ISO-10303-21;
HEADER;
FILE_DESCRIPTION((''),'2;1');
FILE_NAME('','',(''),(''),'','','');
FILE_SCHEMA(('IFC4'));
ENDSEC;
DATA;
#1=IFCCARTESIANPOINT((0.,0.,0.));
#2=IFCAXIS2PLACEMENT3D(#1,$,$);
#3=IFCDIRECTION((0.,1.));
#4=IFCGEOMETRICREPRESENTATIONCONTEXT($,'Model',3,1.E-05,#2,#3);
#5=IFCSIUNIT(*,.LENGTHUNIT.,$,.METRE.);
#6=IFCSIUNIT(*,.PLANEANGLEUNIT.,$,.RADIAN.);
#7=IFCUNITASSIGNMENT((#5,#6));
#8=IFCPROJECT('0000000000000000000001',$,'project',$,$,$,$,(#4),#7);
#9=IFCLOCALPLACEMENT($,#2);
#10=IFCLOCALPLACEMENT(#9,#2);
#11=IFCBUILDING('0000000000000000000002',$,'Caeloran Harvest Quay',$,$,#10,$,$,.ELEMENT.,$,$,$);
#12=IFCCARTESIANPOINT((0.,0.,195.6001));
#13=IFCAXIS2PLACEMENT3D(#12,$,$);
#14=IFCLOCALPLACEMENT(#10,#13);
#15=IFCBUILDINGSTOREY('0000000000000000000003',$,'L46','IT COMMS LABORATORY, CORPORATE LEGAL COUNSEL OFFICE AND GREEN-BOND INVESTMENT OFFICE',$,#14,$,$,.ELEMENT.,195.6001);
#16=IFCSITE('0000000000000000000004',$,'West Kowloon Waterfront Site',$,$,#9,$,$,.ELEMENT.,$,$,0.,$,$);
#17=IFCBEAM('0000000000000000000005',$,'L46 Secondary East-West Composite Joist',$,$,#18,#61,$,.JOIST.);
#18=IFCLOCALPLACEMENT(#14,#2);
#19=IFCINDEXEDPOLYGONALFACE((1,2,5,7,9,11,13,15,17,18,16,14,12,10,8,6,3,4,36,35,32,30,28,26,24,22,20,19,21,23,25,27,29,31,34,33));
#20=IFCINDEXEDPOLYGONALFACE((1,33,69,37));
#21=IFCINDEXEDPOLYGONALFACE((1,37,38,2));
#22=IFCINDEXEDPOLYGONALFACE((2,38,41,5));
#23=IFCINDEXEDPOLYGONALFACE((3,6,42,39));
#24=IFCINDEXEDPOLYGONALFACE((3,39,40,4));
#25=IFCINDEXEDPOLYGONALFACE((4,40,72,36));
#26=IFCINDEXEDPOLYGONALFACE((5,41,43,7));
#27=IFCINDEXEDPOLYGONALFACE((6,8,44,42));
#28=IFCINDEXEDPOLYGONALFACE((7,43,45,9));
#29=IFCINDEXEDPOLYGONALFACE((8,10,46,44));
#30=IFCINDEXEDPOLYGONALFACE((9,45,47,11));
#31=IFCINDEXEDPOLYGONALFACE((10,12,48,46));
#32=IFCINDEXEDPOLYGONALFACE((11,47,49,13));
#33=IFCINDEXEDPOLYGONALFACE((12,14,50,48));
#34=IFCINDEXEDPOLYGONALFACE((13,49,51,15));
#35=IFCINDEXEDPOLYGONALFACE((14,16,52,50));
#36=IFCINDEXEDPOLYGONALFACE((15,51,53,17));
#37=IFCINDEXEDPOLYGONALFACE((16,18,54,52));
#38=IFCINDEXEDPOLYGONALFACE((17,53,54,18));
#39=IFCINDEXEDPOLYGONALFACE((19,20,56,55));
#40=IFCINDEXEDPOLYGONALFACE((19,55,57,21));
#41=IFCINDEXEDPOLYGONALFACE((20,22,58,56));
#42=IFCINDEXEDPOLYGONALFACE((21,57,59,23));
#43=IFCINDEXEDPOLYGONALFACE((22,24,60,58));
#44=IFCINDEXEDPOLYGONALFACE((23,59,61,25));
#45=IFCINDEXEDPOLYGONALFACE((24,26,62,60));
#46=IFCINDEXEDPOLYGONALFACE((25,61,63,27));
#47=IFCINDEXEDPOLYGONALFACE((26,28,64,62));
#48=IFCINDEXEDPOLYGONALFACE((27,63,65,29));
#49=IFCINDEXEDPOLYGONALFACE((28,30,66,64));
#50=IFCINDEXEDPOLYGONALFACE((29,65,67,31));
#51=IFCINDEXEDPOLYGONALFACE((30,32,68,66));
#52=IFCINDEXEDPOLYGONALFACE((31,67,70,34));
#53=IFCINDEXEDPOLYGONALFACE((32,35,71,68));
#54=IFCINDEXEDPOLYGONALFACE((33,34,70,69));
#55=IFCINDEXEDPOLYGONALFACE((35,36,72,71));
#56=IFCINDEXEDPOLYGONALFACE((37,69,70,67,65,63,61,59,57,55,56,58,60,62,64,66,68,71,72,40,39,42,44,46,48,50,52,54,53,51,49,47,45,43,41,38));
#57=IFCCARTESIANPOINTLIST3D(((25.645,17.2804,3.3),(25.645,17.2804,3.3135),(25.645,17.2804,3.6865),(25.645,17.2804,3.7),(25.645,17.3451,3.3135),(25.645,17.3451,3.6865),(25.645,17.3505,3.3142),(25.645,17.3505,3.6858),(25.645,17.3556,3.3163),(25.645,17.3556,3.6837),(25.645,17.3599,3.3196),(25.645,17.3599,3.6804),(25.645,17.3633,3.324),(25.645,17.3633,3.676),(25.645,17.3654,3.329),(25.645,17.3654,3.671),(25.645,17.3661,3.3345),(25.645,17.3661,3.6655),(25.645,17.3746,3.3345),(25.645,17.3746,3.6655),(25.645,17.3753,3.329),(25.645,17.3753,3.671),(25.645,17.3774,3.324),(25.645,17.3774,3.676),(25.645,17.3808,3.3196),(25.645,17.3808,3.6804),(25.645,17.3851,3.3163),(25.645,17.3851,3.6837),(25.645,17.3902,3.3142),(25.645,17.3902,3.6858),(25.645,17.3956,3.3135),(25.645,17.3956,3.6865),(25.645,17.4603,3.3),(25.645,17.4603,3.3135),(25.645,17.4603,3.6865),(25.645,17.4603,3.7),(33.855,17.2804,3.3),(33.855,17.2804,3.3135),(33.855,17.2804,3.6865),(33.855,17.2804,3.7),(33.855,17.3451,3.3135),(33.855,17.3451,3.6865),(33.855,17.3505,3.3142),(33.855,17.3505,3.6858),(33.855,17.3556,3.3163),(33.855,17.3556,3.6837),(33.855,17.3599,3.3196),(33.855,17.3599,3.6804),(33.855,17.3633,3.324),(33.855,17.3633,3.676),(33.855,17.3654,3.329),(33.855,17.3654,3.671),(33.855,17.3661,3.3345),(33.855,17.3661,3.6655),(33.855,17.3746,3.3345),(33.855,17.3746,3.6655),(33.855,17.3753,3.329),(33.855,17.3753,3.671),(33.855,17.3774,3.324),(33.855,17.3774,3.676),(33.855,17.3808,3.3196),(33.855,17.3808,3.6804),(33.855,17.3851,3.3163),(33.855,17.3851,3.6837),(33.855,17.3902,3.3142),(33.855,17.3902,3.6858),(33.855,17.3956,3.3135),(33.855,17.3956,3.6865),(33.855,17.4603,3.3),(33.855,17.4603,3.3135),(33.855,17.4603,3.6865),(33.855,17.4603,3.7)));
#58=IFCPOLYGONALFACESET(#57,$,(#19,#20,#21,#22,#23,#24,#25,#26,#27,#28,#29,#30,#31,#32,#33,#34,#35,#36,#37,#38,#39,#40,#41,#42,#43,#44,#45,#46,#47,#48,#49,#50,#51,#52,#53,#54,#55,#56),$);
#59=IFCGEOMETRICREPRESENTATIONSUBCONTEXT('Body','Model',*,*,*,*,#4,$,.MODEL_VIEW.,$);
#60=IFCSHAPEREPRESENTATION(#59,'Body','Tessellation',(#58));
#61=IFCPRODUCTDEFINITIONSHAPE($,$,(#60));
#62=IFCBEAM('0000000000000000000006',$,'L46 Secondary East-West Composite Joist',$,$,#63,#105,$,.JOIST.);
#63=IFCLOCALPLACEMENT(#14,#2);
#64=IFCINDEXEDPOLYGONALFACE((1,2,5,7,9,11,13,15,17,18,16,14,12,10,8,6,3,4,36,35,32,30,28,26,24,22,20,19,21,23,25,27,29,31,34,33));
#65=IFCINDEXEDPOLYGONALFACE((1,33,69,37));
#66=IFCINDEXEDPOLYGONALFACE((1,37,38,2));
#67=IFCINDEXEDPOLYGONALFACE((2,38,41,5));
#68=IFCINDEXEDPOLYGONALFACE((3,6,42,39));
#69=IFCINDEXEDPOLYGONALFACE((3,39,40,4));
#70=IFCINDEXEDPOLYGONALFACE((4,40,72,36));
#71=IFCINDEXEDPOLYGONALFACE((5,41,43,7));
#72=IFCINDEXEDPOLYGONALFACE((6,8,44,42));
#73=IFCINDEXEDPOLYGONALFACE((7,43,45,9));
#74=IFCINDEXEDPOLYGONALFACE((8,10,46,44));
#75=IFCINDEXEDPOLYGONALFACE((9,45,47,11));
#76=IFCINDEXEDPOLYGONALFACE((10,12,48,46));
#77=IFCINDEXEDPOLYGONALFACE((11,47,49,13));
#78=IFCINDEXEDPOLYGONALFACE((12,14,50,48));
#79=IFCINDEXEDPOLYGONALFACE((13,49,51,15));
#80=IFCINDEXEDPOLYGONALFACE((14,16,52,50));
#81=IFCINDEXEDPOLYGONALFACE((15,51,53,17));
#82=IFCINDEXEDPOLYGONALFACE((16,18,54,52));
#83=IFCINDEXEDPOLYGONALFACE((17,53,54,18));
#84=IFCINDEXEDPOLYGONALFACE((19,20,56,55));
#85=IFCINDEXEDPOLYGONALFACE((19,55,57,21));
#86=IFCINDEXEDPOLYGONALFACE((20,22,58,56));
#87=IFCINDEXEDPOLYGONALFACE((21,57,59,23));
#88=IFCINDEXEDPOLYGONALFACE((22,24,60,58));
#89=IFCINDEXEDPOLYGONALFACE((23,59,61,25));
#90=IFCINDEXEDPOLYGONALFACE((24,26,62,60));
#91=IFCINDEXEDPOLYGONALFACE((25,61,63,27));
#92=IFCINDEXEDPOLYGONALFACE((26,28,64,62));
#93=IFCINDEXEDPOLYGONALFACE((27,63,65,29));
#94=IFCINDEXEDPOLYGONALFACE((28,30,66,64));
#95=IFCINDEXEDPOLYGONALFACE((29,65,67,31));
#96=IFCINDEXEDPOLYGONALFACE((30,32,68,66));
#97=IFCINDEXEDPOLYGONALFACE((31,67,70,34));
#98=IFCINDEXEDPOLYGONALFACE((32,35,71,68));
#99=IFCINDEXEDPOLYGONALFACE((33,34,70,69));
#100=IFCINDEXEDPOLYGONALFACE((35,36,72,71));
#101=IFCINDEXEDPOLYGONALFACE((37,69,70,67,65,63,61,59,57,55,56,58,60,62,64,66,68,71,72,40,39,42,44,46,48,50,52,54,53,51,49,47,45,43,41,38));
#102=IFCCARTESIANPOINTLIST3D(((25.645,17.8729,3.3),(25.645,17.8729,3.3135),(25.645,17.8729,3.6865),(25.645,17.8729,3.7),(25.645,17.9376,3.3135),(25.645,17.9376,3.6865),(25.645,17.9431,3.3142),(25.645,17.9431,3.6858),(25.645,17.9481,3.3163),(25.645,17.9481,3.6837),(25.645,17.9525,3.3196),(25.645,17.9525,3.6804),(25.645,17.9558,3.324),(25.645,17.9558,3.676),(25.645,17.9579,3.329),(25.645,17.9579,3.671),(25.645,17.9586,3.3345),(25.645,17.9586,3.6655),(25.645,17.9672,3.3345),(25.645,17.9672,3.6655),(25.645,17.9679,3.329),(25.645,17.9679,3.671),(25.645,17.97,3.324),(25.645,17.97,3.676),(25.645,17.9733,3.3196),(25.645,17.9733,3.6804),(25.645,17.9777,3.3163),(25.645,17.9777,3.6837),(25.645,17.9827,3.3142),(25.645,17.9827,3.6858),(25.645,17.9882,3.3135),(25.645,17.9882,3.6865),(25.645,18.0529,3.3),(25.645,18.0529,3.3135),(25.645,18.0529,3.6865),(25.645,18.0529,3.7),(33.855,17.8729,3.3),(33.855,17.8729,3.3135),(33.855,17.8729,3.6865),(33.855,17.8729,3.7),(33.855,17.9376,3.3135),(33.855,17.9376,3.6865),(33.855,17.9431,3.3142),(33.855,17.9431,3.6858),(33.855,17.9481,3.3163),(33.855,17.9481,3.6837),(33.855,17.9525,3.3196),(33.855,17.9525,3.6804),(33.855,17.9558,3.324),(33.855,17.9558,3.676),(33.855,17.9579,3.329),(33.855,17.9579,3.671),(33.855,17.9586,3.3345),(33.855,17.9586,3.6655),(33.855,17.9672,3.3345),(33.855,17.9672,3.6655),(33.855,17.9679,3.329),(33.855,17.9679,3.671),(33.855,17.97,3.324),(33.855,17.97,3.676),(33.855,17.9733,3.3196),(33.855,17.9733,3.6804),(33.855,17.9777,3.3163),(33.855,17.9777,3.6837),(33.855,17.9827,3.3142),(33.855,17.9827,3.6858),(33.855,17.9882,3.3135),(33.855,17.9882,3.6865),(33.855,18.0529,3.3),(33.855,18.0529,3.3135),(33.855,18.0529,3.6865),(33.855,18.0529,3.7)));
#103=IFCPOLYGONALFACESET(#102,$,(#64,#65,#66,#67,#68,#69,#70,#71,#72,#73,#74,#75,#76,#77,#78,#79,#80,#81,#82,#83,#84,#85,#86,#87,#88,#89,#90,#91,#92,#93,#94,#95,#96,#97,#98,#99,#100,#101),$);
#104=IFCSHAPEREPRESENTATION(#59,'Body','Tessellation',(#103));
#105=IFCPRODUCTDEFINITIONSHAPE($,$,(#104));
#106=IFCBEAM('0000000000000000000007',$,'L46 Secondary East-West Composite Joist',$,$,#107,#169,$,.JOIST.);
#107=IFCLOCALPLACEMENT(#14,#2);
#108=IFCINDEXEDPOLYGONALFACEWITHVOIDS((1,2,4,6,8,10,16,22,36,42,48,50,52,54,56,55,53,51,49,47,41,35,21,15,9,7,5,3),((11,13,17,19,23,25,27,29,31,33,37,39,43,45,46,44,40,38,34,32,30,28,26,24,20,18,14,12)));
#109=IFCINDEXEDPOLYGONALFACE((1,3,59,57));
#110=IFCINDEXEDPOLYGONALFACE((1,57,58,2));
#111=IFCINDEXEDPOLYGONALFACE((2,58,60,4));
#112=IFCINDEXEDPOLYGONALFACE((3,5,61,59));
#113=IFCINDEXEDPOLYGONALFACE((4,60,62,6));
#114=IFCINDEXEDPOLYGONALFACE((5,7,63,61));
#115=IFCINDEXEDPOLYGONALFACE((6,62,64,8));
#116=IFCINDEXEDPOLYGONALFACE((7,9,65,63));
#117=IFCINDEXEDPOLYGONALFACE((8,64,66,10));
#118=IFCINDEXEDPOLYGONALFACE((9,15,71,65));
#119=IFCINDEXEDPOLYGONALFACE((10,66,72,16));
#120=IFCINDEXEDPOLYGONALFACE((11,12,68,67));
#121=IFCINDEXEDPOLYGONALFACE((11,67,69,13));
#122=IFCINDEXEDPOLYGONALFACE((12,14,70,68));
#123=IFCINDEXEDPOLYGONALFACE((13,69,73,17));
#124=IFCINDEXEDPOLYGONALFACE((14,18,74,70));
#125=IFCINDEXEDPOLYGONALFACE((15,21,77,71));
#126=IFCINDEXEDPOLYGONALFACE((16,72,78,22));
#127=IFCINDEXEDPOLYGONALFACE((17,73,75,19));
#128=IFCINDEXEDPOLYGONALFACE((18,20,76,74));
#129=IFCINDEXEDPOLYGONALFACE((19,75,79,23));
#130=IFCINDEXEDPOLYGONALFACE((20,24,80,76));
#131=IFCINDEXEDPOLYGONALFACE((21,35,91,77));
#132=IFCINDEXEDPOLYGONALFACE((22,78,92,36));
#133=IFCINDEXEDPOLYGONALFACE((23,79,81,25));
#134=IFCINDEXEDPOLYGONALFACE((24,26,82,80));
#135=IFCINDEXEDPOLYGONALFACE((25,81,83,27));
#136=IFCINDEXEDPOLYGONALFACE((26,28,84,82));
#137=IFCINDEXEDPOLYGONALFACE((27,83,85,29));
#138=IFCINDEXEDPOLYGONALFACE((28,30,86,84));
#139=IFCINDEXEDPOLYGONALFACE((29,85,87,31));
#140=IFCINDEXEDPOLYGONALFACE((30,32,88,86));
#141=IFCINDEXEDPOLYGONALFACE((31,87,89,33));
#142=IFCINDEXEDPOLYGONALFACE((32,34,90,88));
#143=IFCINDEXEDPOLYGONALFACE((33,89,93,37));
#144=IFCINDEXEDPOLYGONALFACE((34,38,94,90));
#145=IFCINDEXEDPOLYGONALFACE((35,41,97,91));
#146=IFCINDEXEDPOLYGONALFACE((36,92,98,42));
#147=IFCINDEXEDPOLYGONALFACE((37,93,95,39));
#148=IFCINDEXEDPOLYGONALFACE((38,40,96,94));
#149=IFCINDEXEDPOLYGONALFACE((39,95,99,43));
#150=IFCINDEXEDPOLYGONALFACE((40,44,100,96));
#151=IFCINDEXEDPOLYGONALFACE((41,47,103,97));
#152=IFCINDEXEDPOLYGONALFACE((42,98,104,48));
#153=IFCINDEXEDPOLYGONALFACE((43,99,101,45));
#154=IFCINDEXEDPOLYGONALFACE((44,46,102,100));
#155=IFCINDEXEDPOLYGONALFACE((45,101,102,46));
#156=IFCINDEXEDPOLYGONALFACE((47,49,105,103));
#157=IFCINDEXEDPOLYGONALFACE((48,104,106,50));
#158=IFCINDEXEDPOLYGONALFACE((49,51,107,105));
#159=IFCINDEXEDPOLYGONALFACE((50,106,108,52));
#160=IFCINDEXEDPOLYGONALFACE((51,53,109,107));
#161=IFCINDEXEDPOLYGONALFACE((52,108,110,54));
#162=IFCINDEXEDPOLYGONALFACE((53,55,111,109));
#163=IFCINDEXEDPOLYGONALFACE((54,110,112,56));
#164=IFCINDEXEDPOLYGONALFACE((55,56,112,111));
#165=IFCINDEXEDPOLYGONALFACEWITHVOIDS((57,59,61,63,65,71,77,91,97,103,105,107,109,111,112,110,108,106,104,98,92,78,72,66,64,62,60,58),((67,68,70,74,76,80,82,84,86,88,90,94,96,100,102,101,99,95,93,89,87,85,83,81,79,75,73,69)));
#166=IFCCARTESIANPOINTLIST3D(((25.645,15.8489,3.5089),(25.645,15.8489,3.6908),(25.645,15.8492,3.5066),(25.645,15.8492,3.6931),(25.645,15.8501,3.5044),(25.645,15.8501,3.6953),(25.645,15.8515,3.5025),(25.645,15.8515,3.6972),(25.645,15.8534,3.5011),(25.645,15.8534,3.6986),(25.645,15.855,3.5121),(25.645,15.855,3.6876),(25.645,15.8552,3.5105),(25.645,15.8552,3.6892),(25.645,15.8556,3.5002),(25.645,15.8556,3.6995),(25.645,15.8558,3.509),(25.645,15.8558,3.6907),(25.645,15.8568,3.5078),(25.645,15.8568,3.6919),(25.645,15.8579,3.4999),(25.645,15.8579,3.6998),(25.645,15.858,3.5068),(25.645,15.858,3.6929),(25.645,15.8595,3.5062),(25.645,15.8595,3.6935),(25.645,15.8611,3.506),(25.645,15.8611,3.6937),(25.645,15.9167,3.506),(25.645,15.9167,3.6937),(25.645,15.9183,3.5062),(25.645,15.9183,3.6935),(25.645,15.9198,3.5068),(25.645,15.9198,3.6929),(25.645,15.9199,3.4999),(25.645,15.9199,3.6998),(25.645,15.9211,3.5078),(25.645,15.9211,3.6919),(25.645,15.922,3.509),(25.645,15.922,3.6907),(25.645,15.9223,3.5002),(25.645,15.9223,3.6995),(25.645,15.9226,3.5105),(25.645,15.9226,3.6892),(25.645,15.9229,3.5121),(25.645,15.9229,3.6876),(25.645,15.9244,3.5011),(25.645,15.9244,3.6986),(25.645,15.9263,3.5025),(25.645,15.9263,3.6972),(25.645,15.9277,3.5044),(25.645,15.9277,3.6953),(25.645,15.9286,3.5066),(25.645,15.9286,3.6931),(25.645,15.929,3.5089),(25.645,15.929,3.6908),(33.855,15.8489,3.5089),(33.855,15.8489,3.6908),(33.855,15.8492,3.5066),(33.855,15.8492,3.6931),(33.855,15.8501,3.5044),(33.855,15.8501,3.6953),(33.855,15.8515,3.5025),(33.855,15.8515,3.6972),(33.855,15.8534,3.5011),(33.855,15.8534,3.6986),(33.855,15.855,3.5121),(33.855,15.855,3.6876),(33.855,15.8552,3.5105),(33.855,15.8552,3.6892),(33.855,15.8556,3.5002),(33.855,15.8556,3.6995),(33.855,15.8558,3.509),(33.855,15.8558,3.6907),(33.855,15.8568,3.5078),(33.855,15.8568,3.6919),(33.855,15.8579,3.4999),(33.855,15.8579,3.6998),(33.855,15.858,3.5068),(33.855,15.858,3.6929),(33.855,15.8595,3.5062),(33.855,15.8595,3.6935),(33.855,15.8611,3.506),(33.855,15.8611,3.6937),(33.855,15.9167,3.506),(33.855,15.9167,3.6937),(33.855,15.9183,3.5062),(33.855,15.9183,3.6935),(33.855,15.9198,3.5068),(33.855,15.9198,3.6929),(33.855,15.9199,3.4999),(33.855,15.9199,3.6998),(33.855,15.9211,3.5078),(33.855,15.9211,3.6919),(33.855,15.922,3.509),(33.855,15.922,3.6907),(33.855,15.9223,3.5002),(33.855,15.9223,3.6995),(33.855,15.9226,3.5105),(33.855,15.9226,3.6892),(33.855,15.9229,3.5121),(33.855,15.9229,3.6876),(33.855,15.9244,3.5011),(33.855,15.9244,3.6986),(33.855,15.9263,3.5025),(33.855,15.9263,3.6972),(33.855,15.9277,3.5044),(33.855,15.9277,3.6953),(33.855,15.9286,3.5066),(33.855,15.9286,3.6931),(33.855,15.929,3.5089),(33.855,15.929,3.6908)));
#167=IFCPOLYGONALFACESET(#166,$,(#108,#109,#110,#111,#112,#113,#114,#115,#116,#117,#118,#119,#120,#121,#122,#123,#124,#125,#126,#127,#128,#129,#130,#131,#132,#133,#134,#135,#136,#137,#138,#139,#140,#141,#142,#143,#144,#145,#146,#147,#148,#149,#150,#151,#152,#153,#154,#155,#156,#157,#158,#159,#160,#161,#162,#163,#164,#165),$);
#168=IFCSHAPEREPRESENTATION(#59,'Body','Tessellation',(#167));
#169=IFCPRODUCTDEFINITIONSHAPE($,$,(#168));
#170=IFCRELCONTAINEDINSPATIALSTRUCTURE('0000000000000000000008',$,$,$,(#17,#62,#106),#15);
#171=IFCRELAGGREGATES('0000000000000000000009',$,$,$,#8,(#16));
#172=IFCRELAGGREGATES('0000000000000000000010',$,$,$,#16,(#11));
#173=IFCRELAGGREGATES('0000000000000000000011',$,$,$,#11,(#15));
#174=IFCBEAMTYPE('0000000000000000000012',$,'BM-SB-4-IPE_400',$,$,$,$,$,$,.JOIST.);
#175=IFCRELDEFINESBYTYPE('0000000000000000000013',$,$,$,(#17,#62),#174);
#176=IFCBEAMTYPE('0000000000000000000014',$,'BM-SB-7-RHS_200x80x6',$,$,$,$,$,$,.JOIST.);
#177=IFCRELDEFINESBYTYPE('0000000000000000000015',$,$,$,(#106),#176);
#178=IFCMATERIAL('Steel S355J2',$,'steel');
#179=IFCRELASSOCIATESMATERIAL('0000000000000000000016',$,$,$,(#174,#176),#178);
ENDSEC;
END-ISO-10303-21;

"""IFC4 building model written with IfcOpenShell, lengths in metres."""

from ifc_helpers import new_model, si_unit, direction, frame, origin, origin_2d, place, context, subcontext, project, spatial, hollow_rectangle, i_section, extrude, material, material_profile, profile_set, type_object, element, save


model = new_model("IFC4")

# Units and contexts
model_context = context("Model", 3, precision=1e-05, world=origin(), true_north=direction((0.0, 1.0)))
body_context = subcontext(model_context, "Body", "Model", "MODEL_VIEW")
ifc_project = project(units=[si_unit("LENGTHUNIT", "METRE"), si_unit("PLANEANGLEUNIT", "RADIAN")], contexts=[model_context])

# Site, building, storey
site_placement = place(None, origin())
site = spatial("IfcSite", under=ifc_project, at=site_placement, Name="West Kowloon Waterfront Site", CompositionType="ELEMENT", RefElevation=0.0)
building_placement = place(site_placement, origin())
building = spatial("IfcBuilding", under=site, at=building_placement, Name="Caeloran Harvest Quay", CompositionType="ELEMENT")
storey_placement = place(building_placement, frame((0.0, 0.0, 195.6001)))
storey = spatial("IfcBuildingStorey", under=building, at=storey_placement, Name="L46", Description="IT COMMS LABORATORY, CORPORATE LEGAL COUNSEL OFFICE AND GREEN-BOND INVESTMENT OFFICE", CompositionType="ELEMENT", Elevation=195.6001)

# Beams
ifc_material_1 = material(Name="Steel S355J2", Category="steel")
ifc_material_profile_1 = material_profile(ifc_material_1, i_section(OverallWidth=0.1799, OverallDepth=0.3999, WebThickness=0.0085, FlangeThickness=0.0134, FilletRadius=0.021, at=origin_2d()), Name="IPE 400")
ifc_profile_set_1 = profile_set([ifc_material_profile_1], Name="Steel S355J2")
beam_type_1 = type_object("IfcBeamType", Name="BM-SB-4-IPE_400", PredefinedType="JOIST", material=ifc_profile_set_1)
for number, where, z_axis, x_axis, name in (
    (1, (25.645, 17.3704, 3.5), (1.0, 0.0, 0.0), (0.0, 1.0, 0.0), "L46 Secondary East-West Composite Joist"),
    (2, (25.645, 17.9629, 3.5), (1.0, 0.0, 0.0), (0.0, 1.0, 0.0), "L46 Secondary East-West Composite Joist"),
):
    element("IfcBeam", number, at=place(storey_placement, frame(where, z_axis=z_axis, x_axis=x_axis)), inside=storey, type_object=beam_type_1, Name=name, PredefinedType="JOIST", context=body_context, shape_type="SweptSolid", body=[
        extrude(i_section(OverallWidth=0.1799, OverallDepth=0.3999, WebThickness=0.0085, FlangeThickness=0.0134, FilletRadius=0.021, at=origin_2d()), origin(), (0.0, 0.0, 1.0), 8.21),
    ])
ifc_material_profile_2 = material_profile(ifc_material_1, hollow_rectangle(XDim=0.0801, YDim=0.2, WallThickness=0.0061, InnerFilletRadius=0.0061, OuterFilletRadius=0.009, at=origin_2d()), Name="RHS 200x80x6")
ifc_profile_set_2 = profile_set([ifc_material_profile_2], Name="Steel S355J2")
beam_type_2 = type_object("IfcBeamType", Name="BM-SB-7-RHS_200x80x6", PredefinedType="JOIST", material=ifc_profile_set_2)
for number, where, z_axis, x_axis, name in (
    (3, (25.645, 15.8889, 3.5999), (1.0, 0.0, 0.0), (0.0, 1.0, 0.0), "L46 Secondary East-West Composite Joist"),
):
    element("IfcBeam", number, at=place(storey_placement, frame(where, z_axis=z_axis, x_axis=x_axis)), inside=storey, type_object=beam_type_2, Name=name, PredefinedType="JOIST", context=body_context, shape_type="SweptSolid", body=[
        extrude(hollow_rectangle(XDim=0.0801, YDim=0.2, WallThickness=0.0061, InnerFilletRadius=0.0061, OuterFilletRadius=0.009, at=origin_2d()), origin(), (0.0, 0.0, 1.0), 8.21),
    ])

save(model, "model.ifc")
